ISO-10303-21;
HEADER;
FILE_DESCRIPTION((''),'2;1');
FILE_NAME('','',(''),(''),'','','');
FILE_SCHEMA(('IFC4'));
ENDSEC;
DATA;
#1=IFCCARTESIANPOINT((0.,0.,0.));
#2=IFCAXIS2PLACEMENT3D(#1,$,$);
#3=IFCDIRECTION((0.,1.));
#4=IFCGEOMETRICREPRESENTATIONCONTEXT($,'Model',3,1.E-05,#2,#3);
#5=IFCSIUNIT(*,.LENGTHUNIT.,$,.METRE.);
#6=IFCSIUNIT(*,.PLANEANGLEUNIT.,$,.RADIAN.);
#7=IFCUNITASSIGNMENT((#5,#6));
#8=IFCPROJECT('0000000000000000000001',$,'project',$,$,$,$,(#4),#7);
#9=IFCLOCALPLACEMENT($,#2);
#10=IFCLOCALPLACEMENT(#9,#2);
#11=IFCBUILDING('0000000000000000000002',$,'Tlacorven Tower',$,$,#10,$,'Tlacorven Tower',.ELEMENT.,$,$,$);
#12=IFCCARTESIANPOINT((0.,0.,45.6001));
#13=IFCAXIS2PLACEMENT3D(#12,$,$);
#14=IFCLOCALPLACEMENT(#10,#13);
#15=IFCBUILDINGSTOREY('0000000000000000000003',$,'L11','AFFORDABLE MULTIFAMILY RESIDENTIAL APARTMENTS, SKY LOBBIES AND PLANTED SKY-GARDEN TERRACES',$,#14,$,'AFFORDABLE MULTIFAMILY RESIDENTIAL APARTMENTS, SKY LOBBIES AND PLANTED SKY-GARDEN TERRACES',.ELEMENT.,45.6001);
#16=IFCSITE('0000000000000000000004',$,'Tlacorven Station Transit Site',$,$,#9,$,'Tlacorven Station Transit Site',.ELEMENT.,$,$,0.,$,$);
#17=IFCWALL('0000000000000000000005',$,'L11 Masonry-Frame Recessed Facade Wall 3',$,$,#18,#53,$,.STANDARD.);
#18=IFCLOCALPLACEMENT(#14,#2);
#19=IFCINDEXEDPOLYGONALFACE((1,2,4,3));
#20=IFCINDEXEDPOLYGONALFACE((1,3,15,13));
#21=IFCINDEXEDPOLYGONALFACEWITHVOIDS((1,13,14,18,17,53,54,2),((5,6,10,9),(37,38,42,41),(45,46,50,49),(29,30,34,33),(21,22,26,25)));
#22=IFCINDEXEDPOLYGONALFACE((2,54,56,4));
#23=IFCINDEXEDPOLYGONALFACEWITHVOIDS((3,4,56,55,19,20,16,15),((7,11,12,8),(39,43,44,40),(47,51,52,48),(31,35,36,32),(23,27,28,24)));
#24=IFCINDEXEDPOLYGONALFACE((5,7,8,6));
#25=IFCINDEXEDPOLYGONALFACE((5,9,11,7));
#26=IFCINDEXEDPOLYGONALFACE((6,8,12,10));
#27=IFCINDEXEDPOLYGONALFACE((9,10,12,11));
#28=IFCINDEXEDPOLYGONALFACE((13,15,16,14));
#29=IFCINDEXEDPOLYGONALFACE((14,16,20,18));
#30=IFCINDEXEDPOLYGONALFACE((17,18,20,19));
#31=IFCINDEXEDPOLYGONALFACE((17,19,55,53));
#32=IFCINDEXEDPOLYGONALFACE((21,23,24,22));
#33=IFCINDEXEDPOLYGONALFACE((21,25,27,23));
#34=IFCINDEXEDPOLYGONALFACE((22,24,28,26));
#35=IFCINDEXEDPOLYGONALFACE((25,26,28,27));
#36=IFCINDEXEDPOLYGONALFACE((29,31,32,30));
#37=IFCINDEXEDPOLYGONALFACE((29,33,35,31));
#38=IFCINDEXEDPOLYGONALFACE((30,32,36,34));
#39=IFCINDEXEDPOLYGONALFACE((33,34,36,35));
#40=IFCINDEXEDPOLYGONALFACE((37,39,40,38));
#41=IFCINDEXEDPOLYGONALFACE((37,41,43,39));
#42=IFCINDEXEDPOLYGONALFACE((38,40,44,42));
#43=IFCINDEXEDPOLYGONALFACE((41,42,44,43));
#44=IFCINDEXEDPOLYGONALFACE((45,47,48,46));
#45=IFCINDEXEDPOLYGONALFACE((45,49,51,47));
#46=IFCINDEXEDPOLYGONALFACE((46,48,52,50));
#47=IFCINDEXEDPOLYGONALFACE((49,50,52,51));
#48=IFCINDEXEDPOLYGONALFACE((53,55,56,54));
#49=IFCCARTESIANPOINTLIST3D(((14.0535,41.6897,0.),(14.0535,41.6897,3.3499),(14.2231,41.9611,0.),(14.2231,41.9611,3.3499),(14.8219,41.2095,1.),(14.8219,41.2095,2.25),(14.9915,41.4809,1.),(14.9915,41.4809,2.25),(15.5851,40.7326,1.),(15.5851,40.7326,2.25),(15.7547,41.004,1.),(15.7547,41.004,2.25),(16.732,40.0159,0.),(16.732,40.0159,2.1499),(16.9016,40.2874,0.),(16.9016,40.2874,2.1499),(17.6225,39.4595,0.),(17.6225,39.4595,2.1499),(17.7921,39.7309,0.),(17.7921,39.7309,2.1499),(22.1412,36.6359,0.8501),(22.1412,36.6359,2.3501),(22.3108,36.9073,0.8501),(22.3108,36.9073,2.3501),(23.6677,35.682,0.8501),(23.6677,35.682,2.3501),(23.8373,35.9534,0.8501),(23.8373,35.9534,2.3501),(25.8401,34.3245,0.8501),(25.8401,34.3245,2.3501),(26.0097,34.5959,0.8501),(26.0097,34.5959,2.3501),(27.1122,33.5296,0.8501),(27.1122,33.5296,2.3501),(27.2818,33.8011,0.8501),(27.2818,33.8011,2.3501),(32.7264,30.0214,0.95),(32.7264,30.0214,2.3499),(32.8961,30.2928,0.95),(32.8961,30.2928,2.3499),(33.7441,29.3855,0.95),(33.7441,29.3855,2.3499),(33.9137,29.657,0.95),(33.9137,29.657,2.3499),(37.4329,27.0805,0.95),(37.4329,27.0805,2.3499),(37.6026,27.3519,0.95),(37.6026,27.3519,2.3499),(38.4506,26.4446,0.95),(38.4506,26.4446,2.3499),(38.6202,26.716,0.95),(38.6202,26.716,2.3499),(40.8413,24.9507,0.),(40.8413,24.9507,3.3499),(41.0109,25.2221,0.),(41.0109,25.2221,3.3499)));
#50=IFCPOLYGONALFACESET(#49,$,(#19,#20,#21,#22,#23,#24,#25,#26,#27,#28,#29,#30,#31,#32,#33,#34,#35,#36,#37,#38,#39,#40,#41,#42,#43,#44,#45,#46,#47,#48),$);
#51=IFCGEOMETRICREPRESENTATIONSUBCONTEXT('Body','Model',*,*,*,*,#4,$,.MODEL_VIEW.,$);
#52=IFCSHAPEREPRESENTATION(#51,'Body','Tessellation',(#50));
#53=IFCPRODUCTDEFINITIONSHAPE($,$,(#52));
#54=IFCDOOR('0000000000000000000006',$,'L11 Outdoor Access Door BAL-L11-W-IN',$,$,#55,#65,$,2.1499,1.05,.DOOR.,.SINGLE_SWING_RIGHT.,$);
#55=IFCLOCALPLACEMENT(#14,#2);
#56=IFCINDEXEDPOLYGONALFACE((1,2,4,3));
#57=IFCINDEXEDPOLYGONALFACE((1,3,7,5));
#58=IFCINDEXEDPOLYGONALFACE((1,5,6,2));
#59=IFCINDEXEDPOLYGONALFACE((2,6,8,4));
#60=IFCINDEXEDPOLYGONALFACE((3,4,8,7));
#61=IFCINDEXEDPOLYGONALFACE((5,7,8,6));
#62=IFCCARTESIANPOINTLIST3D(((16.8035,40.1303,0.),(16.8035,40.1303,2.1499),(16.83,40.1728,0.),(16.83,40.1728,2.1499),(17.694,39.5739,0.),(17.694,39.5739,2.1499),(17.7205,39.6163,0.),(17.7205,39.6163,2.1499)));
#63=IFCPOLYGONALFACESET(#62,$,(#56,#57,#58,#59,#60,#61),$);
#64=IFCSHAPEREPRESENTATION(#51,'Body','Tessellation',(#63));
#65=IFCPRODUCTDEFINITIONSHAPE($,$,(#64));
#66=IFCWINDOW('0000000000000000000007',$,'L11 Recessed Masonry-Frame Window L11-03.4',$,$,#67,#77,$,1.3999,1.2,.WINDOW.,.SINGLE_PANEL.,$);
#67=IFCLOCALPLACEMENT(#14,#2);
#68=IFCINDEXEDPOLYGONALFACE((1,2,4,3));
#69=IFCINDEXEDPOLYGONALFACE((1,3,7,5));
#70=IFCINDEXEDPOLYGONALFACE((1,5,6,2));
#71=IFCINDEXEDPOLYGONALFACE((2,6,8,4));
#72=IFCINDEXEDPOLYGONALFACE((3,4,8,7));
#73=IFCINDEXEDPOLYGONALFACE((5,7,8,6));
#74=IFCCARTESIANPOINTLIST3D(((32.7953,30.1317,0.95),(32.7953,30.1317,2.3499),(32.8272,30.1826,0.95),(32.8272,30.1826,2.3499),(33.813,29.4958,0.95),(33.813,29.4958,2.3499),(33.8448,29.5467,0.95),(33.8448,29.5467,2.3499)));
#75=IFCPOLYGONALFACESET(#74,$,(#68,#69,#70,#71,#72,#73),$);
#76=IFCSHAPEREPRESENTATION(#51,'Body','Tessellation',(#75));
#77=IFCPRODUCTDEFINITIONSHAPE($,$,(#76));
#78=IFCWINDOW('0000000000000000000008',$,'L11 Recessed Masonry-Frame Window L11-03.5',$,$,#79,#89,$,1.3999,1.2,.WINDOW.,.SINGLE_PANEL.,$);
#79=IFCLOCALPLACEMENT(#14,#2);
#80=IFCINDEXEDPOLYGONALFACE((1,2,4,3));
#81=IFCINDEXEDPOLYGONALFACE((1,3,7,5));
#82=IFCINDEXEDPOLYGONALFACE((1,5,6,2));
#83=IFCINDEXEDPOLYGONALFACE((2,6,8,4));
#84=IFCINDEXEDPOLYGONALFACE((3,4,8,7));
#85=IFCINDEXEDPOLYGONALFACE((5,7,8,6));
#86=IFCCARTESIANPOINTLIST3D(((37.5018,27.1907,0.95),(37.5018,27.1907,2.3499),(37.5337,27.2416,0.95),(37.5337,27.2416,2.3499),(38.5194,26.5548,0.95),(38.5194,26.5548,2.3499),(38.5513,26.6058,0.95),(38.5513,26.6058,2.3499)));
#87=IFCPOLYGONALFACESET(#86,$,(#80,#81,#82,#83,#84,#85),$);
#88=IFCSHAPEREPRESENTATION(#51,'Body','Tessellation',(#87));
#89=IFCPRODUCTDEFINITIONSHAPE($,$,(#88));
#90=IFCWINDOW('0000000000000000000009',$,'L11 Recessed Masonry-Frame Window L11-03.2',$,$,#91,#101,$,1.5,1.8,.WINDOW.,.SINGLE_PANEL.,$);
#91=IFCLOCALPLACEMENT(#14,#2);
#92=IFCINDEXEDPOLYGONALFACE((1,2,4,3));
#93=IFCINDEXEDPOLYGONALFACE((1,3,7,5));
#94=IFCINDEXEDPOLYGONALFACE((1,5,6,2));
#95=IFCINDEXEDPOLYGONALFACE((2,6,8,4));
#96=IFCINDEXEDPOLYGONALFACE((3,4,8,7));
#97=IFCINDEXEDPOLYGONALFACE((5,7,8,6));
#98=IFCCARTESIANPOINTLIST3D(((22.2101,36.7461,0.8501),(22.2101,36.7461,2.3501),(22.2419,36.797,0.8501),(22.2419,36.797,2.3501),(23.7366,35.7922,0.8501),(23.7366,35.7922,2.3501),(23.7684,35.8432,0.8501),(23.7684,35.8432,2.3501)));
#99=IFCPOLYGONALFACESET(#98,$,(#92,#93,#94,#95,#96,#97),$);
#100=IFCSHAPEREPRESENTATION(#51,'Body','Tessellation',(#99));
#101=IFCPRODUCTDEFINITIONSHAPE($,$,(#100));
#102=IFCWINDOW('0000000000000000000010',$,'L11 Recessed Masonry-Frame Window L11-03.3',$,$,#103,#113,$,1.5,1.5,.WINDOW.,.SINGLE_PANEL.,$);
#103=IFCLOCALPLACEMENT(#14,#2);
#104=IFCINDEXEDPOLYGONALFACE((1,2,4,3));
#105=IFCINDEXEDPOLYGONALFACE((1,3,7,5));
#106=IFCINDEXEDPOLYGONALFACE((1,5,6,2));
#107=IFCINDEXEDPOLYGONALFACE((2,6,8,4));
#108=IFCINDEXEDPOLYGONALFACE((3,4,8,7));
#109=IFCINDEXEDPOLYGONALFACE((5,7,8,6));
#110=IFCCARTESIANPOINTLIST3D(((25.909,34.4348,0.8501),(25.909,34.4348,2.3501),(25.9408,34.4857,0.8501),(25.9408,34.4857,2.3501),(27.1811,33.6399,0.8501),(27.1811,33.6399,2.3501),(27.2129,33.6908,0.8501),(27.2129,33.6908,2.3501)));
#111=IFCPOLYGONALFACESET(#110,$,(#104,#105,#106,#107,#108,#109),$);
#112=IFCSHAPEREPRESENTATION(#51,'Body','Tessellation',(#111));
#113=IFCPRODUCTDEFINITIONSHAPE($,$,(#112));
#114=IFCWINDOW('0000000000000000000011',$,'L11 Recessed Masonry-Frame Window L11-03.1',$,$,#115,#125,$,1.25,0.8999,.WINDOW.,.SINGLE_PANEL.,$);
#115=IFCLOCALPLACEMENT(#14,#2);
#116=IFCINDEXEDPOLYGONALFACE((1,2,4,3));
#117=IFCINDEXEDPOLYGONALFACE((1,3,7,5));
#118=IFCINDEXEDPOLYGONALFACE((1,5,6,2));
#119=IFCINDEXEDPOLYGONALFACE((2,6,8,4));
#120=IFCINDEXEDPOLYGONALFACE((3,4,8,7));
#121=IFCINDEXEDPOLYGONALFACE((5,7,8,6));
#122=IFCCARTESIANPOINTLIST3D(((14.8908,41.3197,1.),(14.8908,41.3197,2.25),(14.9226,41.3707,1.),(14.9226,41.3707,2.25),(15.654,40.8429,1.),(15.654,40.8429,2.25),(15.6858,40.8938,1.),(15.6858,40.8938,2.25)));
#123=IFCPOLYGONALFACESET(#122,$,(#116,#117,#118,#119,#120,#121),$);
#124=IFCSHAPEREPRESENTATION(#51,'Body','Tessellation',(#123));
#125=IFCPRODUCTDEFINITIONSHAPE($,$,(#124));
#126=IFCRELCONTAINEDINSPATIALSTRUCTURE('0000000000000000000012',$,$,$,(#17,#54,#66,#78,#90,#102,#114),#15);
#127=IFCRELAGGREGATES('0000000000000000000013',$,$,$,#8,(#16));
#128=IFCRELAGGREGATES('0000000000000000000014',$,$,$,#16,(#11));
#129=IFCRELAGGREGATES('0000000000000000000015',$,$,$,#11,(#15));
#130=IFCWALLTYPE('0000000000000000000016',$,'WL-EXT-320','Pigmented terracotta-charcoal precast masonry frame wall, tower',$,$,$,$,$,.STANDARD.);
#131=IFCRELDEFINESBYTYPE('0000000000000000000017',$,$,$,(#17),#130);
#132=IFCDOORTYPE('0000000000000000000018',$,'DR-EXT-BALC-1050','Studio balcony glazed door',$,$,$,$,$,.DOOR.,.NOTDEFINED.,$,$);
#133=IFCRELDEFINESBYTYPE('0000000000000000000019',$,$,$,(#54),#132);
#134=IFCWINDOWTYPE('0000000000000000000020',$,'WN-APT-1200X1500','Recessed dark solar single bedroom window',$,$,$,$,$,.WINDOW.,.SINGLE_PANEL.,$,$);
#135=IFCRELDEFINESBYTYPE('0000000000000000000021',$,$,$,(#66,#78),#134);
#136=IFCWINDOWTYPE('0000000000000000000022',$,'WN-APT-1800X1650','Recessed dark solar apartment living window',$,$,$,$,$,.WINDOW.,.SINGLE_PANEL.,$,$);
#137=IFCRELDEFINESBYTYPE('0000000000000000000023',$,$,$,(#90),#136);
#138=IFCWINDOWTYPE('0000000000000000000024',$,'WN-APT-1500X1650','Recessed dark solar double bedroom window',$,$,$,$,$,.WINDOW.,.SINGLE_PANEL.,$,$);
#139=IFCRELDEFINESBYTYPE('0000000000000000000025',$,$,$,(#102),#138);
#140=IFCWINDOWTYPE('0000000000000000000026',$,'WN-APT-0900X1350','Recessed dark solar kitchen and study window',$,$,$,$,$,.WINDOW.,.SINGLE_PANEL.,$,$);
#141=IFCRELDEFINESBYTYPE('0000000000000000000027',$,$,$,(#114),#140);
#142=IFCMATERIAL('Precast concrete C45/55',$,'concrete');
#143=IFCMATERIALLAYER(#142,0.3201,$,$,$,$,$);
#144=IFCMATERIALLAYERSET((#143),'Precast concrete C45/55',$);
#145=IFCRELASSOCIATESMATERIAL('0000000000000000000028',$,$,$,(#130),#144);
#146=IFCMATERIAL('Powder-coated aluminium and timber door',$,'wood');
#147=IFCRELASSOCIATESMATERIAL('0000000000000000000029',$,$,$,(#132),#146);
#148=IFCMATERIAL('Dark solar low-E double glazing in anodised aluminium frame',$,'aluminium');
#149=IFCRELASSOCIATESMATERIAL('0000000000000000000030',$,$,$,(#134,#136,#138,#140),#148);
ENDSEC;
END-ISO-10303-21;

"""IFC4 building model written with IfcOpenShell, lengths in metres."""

from ifc_helpers import new_model, si_unit, direction, frame, frame_2d, origin, place, context, subcontext, project, spatial, rectangle, extrude, source, transform, mapped, material, layer, layer_set, type_object, element, fill, save


model = new_model("IFC4")

# Units and contexts
model_context = context("Model", 3, precision=1e-05, world=origin(), true_north=direction((0.0, 1.0)))
body_context = subcontext(model_context, "Body", "Model", "MODEL_VIEW")
ifc_project = project(units=[si_unit("LENGTHUNIT", "METRE"), si_unit("PLANEANGLEUNIT", "RADIAN")], contexts=[model_context])

# Site, building, storey
site_placement = place(None, origin())
site = spatial("IfcSite", under=ifc_project, at=site_placement, Name="Tlacorven Station Transit Site", LongName="Tlacorven Station Transit Site", CompositionType="ELEMENT", RefElevation=0.0)
building_placement = place(site_placement, origin())
building = spatial("IfcBuilding", under=site, at=building_placement, Name="Tlacorven Tower", LongName="Tlacorven Tower", CompositionType="ELEMENT")
storey_placement = place(building_placement, frame((0.0, 0.0, 45.6001)))
storey = spatial("IfcBuildingStorey", under=building, at=storey_placement, Name="L11", Description="AFFORDABLE MULTIFAMILY RESIDENTIAL APARTMENTS, SKY LOBBIES AND PLANTED SKY-GARDEN TERRACES", LongName="AFFORDABLE MULTIFAMILY RESIDENTIAL APARTMENTS, SKY LOBBIES AND PLANTED SKY-GARDEN TERRACES", CompositionType="ELEMENT", Elevation=45.6001)

# Wall, openings, door, windows
ifc_material_1 = material(Name="Precast concrete C45/55", Category="concrete")
ifc_layer_1 = layer(ifc_material_1, 0.3201)
ifc_layer_set_1 = layer_set([ifc_layer_1], Name="Precast concrete C45/55")
wall_type_1 = type_object("IfcWallType", Name="WL-EXT-320", Description="Pigmented terracotta-charcoal precast masonry frame wall, tower", PredefinedType="STANDARD", material=ifc_layer_set_1)
wall_1_placement = place(storey_placement, frame((14.1382, 41.8254, 0.0), z_axis=(0.0, 0.0, 1.0), x_axis=(0.848046, -0.529922, 0.0)))
wall_1 = element("IfcWall", 1, at=wall_1_placement, inside=storey, type_object=wall_type_1, Name="L11 Masonry-Frame Recessed Facade Wall 3", PredefinedType="STANDARD", context=body_context, shape_type="SweptSolid", body=[
    extrude(rectangle(XDim=31.5876, YDim=0.3201, at=frame_2d((15.7939, 0.0))), origin(), (0.0, 0.0, 1.0), 3.3499),
])
opening_1_placement = place(wall_1_placement, frame((3.1587, 0.0, 0.0)))
opening_1 = element("IfcOpeningElement", 2, at=opening_1_placement, cuts=wall_1, PredefinedType="OPENING", context=body_context, shape_type="SweptSolid", body=[
    extrude(rectangle(XDim=1.05, YDim=2.1499, at=frame_2d((0.5249, 1.075))), frame((0.0, 0.1699, 0.0), z_axis=(0.0, -1.0, 0.0), x_axis=(1.0, 0.0, 0.0)), (0.0, 0.0, 1.0), 0.3401),
])
opening_2_placement = place(wall_1_placement, frame((0.9062, 0.0, 1.0)))
opening_2 = element("IfcOpeningElement", 3, at=opening_2_placement, cuts=wall_1, PredefinedType="OPENING", context=body_context, shape_type="SweptSolid", body=[
    extrude(rectangle(XDim=0.8999, YDim=1.25, at=frame_2d((0.45, 0.625))), frame((0.0, 0.1699, 0.0), z_axis=(0.0, -1.0, 0.0), x_axis=(1.0, 0.0, 0.0)), (0.0, 0.0, 1.0), 0.3401),
])
opening_3_placement = place(wall_1_placement, frame((9.5371, 0.0, 0.8501)))
opening_3 = element("IfcOpeningElement", 4, at=opening_3_placement, cuts=wall_1, PredefinedType="OPENING", context=body_context, shape_type="SweptSolid", body=[
    extrude(rectangle(XDim=1.8, YDim=1.5, at=frame_2d((0.8999, 0.75))), frame((0.0, 0.1699, 0.0), z_axis=(0.0, -1.0, 0.0), x_axis=(1.0, 0.0, 0.0)), (0.0, 0.0, 1.0), 0.3401),
])
opening_4_placement = place(wall_1_placement, frame((13.8987, 0.0, 0.8501)))
opening_4 = element("IfcOpeningElement", 5, at=opening_4_placement, cuts=wall_1, PredefinedType="OPENING", context=body_context, shape_type="SweptSolid", body=[
    extrude(rectangle(XDim=1.5, YDim=1.5, at=frame_2d((0.75, 0.75))), frame((0.0, 0.1699, 0.0), z_axis=(0.0, -1.0, 0.0), x_axis=(1.0, 0.0, 0.0)), (0.0, 0.0, 1.0), 0.3401),
])
opening_5_placement = place(wall_1_placement, frame((22.0188, 0.0, 0.95)))
opening_5 = element("IfcOpeningElement", 6, at=opening_5_placement, cuts=wall_1, PredefinedType="OPENING", context=body_context, shape_type="SweptSolid", body=[
    extrude(rectangle(XDim=1.2, YDim=1.3999, at=frame_2d((0.6001, 0.7))), frame((0.0, 0.1699, 0.0), z_axis=(0.0, -1.0, 0.0), x_axis=(1.0, 0.0, 0.0)), (0.0, 0.0, 1.0), 0.3401),
])
opening_6_placement = place(wall_1_placement, frame((27.5686, 0.0, 0.95)))
opening_6 = element("IfcOpeningElement", 7, at=opening_6_placement, cuts=wall_1, PredefinedType="OPENING", context=body_context, shape_type="SweptSolid", body=[
    extrude(rectangle(XDim=1.2, YDim=1.3999, at=frame_2d((0.6001, 0.7))), frame((0.0, 0.1699, 0.0), z_axis=(0.0, -1.0, 0.0), x_axis=(1.0, 0.0, 0.0)), (0.0, 0.0, 1.0), 0.3401),
])
ifc_material_2 = material(Name="Powder-coated aluminium and timber door", Category="wood")
door_type_1 = type_object("IfcDoorType", Name="DR-EXT-BALC-1050", Description="Studio balcony glazed door", OperationType="NOTDEFINED", PredefinedType="DOOR", material=ifc_material_2)
shared_shape_1 = source(origin(), body_context, "Body", "SweptSolid", [
    extrude(rectangle(XDim=1.05, YDim=2.1499, at=frame_2d((0.5249, 1.075))), frame((0.0, 0.0249, 0.0), z_axis=(0.0, -1.0, 0.0), x_axis=(1.0, 0.0, 0.0)), (0.0, 0.0, 1.0), 0.05),
])
door_1_placement = place(opening_1_placement, origin())
door_1 = element("IfcDoor", 8, at=door_1_placement, inside=storey, type_object=door_type_1, Name="L11 Outdoor Access Door BAL-L11-W-IN", OperationType="SINGLE_SWING_RIGHT", OverallHeight=2.1499, OverallWidth=1.05, PredefinedType="DOOR", context=body_context, shape_type="MappedRepresentation", body=[
    mapped(shared_shape_1, transform((0.0, 0.0, 0.0), scale=1.0)),
])
fill(opening_1, door_1)
ifc_material_3 = material(Name="Dark solar low-E double glazing in anodised aluminium frame", Category="aluminium")
window_type_1 = type_object("IfcWindowType", Name="WN-APT-1200X1500", Description="Recessed dark solar single bedroom window", PartitioningType="SINGLE_PANEL", PredefinedType="WINDOW", material=ifc_material_3)
shared_shape_2 = source(origin(), body_context, "Body", "SweptSolid", [
    extrude(rectangle(XDim=1.2, YDim=1.3999, at=frame_2d((0.6001, 0.7))), frame((0.0, 0.03, 0.0), z_axis=(0.0, -1.0, 0.0), x_axis=(1.0, 0.0, 0.0)), (0.0, 0.0, 1.0), 0.0601),
])
window_1_placement = place(opening_5_placement, origin())
window_1 = element("IfcWindow", 9, at=window_1_placement, inside=storey, type_object=window_type_1, Name="L11 Recessed Masonry-Frame Window L11-03.4", OverallHeight=1.3999, OverallWidth=1.2, PartitioningType="SINGLE_PANEL", PredefinedType="WINDOW", context=body_context, shape_type="MappedRepresentation", body=[
    mapped(shared_shape_2, transform((0.0, 0.0, 0.0), scale=1.0)),
])
fill(opening_5, window_1)
window_2_placement = place(opening_6_placement, origin())
window_2 = element("IfcWindow", 10, at=window_2_placement, inside=storey, type_object=window_type_1, Name="L11 Recessed Masonry-Frame Window L11-03.5", OverallHeight=1.3999, OverallWidth=1.2, PartitioningType="SINGLE_PANEL", PredefinedType="WINDOW", context=body_context, shape_type="MappedRepresentation", body=[
    mapped(shared_shape_2, transform((0.0, 0.0, 0.0), scale=1.0)),
])
fill(opening_6, window_2)
window_type_2 = type_object("IfcWindowType", Name="WN-APT-1800X1650", Description="Recessed dark solar apartment living window", PartitioningType="SINGLE_PANEL", PredefinedType="WINDOW", material=ifc_material_3)
shared_shape_3 = source(origin(), body_context, "Body", "SweptSolid", [
    extrude(rectangle(XDim=1.8, YDim=1.5, at=frame_2d((0.8999, 0.75))), frame((0.0, 0.03, 0.0), z_axis=(0.0, -1.0, 0.0), x_axis=(1.0, 0.0, 0.0)), (0.0, 0.0, 1.0), 0.0601),
])
window_3_placement = place(opening_3_placement, origin())
window_3 = element("IfcWindow", 11, at=window_3_placement, inside=storey, type_object=window_type_2, Name="L11 Recessed Masonry-Frame Window L11-03.2", OverallHeight=1.5, OverallWidth=1.8, PartitioningType="SINGLE_PANEL", PredefinedType="WINDOW", context=body_context, shape_type="MappedRepresentation", body=[
    mapped(shared_shape_3, transform((0.0, 0.0, 0.0), scale=1.0)),
])
fill(opening_3, window_3)
window_type_3 = type_object("IfcWindowType", Name="WN-APT-1500X1650", Description="Recessed dark solar double bedroom window", PartitioningType="SINGLE_PANEL", PredefinedType="WINDOW", material=ifc_material_3)
shared_shape_4 = source(origin(), body_context, "Body", "SweptSolid", [
    extrude(rectangle(XDim=1.5, YDim=1.5, at=frame_2d((0.75, 0.75))), frame((0.0, 0.03, 0.0), z_axis=(0.0, -1.0, 0.0), x_axis=(1.0, 0.0, 0.0)), (0.0, 0.0, 1.0), 0.0601),
])
window_4_placement = place(opening_4_placement, origin())
window_4 = element("IfcWindow", 12, at=window_4_placement, inside=storey, type_object=window_type_3, Name="L11 Recessed Masonry-Frame Window L11-03.3", OverallHeight=1.5, OverallWidth=1.5, PartitioningType="SINGLE_PANEL", PredefinedType="WINDOW", context=body_context, shape_type="MappedRepresentation", body=[
    mapped(shared_shape_4, transform((0.0, 0.0, 0.0), scale=1.0)),
])
fill(opening_4, window_4)
window_type_4 = type_object("IfcWindowType", Name="WN-APT-0900X1350", Description="Recessed dark solar kitchen and study window", PartitioningType="SINGLE_PANEL", PredefinedType="WINDOW", material=ifc_material_3)
shared_shape_5 = source(origin(), body_context, "Body", "SweptSolid", [
    extrude(rectangle(XDim=0.8999, YDim=1.25, at=frame_2d((0.45, 0.625))), frame((0.0, 0.03, 0.0), z_axis=(0.0, -1.0, 0.0), x_axis=(1.0, 0.0, 0.0)), (0.0, 0.0, 1.0), 0.0601),
])
window_5_placement = place(opening_2_placement, origin())
window_5 = element("IfcWindow", 13, at=window_5_placement, inside=storey, type_object=window_type_4, Name="L11 Recessed Masonry-Frame Window L11-03.1", OverallHeight=1.25, OverallWidth=0.8999, PartitioningType="SINGLE_PANEL", PredefinedType="WINDOW", context=body_context, shape_type="MappedRepresentation", body=[
    mapped(shared_shape_5, transform((0.0, 0.0, 0.0), scale=1.0)),
])
fill(opening_2, window_5)

save(model, "model.ifc")
